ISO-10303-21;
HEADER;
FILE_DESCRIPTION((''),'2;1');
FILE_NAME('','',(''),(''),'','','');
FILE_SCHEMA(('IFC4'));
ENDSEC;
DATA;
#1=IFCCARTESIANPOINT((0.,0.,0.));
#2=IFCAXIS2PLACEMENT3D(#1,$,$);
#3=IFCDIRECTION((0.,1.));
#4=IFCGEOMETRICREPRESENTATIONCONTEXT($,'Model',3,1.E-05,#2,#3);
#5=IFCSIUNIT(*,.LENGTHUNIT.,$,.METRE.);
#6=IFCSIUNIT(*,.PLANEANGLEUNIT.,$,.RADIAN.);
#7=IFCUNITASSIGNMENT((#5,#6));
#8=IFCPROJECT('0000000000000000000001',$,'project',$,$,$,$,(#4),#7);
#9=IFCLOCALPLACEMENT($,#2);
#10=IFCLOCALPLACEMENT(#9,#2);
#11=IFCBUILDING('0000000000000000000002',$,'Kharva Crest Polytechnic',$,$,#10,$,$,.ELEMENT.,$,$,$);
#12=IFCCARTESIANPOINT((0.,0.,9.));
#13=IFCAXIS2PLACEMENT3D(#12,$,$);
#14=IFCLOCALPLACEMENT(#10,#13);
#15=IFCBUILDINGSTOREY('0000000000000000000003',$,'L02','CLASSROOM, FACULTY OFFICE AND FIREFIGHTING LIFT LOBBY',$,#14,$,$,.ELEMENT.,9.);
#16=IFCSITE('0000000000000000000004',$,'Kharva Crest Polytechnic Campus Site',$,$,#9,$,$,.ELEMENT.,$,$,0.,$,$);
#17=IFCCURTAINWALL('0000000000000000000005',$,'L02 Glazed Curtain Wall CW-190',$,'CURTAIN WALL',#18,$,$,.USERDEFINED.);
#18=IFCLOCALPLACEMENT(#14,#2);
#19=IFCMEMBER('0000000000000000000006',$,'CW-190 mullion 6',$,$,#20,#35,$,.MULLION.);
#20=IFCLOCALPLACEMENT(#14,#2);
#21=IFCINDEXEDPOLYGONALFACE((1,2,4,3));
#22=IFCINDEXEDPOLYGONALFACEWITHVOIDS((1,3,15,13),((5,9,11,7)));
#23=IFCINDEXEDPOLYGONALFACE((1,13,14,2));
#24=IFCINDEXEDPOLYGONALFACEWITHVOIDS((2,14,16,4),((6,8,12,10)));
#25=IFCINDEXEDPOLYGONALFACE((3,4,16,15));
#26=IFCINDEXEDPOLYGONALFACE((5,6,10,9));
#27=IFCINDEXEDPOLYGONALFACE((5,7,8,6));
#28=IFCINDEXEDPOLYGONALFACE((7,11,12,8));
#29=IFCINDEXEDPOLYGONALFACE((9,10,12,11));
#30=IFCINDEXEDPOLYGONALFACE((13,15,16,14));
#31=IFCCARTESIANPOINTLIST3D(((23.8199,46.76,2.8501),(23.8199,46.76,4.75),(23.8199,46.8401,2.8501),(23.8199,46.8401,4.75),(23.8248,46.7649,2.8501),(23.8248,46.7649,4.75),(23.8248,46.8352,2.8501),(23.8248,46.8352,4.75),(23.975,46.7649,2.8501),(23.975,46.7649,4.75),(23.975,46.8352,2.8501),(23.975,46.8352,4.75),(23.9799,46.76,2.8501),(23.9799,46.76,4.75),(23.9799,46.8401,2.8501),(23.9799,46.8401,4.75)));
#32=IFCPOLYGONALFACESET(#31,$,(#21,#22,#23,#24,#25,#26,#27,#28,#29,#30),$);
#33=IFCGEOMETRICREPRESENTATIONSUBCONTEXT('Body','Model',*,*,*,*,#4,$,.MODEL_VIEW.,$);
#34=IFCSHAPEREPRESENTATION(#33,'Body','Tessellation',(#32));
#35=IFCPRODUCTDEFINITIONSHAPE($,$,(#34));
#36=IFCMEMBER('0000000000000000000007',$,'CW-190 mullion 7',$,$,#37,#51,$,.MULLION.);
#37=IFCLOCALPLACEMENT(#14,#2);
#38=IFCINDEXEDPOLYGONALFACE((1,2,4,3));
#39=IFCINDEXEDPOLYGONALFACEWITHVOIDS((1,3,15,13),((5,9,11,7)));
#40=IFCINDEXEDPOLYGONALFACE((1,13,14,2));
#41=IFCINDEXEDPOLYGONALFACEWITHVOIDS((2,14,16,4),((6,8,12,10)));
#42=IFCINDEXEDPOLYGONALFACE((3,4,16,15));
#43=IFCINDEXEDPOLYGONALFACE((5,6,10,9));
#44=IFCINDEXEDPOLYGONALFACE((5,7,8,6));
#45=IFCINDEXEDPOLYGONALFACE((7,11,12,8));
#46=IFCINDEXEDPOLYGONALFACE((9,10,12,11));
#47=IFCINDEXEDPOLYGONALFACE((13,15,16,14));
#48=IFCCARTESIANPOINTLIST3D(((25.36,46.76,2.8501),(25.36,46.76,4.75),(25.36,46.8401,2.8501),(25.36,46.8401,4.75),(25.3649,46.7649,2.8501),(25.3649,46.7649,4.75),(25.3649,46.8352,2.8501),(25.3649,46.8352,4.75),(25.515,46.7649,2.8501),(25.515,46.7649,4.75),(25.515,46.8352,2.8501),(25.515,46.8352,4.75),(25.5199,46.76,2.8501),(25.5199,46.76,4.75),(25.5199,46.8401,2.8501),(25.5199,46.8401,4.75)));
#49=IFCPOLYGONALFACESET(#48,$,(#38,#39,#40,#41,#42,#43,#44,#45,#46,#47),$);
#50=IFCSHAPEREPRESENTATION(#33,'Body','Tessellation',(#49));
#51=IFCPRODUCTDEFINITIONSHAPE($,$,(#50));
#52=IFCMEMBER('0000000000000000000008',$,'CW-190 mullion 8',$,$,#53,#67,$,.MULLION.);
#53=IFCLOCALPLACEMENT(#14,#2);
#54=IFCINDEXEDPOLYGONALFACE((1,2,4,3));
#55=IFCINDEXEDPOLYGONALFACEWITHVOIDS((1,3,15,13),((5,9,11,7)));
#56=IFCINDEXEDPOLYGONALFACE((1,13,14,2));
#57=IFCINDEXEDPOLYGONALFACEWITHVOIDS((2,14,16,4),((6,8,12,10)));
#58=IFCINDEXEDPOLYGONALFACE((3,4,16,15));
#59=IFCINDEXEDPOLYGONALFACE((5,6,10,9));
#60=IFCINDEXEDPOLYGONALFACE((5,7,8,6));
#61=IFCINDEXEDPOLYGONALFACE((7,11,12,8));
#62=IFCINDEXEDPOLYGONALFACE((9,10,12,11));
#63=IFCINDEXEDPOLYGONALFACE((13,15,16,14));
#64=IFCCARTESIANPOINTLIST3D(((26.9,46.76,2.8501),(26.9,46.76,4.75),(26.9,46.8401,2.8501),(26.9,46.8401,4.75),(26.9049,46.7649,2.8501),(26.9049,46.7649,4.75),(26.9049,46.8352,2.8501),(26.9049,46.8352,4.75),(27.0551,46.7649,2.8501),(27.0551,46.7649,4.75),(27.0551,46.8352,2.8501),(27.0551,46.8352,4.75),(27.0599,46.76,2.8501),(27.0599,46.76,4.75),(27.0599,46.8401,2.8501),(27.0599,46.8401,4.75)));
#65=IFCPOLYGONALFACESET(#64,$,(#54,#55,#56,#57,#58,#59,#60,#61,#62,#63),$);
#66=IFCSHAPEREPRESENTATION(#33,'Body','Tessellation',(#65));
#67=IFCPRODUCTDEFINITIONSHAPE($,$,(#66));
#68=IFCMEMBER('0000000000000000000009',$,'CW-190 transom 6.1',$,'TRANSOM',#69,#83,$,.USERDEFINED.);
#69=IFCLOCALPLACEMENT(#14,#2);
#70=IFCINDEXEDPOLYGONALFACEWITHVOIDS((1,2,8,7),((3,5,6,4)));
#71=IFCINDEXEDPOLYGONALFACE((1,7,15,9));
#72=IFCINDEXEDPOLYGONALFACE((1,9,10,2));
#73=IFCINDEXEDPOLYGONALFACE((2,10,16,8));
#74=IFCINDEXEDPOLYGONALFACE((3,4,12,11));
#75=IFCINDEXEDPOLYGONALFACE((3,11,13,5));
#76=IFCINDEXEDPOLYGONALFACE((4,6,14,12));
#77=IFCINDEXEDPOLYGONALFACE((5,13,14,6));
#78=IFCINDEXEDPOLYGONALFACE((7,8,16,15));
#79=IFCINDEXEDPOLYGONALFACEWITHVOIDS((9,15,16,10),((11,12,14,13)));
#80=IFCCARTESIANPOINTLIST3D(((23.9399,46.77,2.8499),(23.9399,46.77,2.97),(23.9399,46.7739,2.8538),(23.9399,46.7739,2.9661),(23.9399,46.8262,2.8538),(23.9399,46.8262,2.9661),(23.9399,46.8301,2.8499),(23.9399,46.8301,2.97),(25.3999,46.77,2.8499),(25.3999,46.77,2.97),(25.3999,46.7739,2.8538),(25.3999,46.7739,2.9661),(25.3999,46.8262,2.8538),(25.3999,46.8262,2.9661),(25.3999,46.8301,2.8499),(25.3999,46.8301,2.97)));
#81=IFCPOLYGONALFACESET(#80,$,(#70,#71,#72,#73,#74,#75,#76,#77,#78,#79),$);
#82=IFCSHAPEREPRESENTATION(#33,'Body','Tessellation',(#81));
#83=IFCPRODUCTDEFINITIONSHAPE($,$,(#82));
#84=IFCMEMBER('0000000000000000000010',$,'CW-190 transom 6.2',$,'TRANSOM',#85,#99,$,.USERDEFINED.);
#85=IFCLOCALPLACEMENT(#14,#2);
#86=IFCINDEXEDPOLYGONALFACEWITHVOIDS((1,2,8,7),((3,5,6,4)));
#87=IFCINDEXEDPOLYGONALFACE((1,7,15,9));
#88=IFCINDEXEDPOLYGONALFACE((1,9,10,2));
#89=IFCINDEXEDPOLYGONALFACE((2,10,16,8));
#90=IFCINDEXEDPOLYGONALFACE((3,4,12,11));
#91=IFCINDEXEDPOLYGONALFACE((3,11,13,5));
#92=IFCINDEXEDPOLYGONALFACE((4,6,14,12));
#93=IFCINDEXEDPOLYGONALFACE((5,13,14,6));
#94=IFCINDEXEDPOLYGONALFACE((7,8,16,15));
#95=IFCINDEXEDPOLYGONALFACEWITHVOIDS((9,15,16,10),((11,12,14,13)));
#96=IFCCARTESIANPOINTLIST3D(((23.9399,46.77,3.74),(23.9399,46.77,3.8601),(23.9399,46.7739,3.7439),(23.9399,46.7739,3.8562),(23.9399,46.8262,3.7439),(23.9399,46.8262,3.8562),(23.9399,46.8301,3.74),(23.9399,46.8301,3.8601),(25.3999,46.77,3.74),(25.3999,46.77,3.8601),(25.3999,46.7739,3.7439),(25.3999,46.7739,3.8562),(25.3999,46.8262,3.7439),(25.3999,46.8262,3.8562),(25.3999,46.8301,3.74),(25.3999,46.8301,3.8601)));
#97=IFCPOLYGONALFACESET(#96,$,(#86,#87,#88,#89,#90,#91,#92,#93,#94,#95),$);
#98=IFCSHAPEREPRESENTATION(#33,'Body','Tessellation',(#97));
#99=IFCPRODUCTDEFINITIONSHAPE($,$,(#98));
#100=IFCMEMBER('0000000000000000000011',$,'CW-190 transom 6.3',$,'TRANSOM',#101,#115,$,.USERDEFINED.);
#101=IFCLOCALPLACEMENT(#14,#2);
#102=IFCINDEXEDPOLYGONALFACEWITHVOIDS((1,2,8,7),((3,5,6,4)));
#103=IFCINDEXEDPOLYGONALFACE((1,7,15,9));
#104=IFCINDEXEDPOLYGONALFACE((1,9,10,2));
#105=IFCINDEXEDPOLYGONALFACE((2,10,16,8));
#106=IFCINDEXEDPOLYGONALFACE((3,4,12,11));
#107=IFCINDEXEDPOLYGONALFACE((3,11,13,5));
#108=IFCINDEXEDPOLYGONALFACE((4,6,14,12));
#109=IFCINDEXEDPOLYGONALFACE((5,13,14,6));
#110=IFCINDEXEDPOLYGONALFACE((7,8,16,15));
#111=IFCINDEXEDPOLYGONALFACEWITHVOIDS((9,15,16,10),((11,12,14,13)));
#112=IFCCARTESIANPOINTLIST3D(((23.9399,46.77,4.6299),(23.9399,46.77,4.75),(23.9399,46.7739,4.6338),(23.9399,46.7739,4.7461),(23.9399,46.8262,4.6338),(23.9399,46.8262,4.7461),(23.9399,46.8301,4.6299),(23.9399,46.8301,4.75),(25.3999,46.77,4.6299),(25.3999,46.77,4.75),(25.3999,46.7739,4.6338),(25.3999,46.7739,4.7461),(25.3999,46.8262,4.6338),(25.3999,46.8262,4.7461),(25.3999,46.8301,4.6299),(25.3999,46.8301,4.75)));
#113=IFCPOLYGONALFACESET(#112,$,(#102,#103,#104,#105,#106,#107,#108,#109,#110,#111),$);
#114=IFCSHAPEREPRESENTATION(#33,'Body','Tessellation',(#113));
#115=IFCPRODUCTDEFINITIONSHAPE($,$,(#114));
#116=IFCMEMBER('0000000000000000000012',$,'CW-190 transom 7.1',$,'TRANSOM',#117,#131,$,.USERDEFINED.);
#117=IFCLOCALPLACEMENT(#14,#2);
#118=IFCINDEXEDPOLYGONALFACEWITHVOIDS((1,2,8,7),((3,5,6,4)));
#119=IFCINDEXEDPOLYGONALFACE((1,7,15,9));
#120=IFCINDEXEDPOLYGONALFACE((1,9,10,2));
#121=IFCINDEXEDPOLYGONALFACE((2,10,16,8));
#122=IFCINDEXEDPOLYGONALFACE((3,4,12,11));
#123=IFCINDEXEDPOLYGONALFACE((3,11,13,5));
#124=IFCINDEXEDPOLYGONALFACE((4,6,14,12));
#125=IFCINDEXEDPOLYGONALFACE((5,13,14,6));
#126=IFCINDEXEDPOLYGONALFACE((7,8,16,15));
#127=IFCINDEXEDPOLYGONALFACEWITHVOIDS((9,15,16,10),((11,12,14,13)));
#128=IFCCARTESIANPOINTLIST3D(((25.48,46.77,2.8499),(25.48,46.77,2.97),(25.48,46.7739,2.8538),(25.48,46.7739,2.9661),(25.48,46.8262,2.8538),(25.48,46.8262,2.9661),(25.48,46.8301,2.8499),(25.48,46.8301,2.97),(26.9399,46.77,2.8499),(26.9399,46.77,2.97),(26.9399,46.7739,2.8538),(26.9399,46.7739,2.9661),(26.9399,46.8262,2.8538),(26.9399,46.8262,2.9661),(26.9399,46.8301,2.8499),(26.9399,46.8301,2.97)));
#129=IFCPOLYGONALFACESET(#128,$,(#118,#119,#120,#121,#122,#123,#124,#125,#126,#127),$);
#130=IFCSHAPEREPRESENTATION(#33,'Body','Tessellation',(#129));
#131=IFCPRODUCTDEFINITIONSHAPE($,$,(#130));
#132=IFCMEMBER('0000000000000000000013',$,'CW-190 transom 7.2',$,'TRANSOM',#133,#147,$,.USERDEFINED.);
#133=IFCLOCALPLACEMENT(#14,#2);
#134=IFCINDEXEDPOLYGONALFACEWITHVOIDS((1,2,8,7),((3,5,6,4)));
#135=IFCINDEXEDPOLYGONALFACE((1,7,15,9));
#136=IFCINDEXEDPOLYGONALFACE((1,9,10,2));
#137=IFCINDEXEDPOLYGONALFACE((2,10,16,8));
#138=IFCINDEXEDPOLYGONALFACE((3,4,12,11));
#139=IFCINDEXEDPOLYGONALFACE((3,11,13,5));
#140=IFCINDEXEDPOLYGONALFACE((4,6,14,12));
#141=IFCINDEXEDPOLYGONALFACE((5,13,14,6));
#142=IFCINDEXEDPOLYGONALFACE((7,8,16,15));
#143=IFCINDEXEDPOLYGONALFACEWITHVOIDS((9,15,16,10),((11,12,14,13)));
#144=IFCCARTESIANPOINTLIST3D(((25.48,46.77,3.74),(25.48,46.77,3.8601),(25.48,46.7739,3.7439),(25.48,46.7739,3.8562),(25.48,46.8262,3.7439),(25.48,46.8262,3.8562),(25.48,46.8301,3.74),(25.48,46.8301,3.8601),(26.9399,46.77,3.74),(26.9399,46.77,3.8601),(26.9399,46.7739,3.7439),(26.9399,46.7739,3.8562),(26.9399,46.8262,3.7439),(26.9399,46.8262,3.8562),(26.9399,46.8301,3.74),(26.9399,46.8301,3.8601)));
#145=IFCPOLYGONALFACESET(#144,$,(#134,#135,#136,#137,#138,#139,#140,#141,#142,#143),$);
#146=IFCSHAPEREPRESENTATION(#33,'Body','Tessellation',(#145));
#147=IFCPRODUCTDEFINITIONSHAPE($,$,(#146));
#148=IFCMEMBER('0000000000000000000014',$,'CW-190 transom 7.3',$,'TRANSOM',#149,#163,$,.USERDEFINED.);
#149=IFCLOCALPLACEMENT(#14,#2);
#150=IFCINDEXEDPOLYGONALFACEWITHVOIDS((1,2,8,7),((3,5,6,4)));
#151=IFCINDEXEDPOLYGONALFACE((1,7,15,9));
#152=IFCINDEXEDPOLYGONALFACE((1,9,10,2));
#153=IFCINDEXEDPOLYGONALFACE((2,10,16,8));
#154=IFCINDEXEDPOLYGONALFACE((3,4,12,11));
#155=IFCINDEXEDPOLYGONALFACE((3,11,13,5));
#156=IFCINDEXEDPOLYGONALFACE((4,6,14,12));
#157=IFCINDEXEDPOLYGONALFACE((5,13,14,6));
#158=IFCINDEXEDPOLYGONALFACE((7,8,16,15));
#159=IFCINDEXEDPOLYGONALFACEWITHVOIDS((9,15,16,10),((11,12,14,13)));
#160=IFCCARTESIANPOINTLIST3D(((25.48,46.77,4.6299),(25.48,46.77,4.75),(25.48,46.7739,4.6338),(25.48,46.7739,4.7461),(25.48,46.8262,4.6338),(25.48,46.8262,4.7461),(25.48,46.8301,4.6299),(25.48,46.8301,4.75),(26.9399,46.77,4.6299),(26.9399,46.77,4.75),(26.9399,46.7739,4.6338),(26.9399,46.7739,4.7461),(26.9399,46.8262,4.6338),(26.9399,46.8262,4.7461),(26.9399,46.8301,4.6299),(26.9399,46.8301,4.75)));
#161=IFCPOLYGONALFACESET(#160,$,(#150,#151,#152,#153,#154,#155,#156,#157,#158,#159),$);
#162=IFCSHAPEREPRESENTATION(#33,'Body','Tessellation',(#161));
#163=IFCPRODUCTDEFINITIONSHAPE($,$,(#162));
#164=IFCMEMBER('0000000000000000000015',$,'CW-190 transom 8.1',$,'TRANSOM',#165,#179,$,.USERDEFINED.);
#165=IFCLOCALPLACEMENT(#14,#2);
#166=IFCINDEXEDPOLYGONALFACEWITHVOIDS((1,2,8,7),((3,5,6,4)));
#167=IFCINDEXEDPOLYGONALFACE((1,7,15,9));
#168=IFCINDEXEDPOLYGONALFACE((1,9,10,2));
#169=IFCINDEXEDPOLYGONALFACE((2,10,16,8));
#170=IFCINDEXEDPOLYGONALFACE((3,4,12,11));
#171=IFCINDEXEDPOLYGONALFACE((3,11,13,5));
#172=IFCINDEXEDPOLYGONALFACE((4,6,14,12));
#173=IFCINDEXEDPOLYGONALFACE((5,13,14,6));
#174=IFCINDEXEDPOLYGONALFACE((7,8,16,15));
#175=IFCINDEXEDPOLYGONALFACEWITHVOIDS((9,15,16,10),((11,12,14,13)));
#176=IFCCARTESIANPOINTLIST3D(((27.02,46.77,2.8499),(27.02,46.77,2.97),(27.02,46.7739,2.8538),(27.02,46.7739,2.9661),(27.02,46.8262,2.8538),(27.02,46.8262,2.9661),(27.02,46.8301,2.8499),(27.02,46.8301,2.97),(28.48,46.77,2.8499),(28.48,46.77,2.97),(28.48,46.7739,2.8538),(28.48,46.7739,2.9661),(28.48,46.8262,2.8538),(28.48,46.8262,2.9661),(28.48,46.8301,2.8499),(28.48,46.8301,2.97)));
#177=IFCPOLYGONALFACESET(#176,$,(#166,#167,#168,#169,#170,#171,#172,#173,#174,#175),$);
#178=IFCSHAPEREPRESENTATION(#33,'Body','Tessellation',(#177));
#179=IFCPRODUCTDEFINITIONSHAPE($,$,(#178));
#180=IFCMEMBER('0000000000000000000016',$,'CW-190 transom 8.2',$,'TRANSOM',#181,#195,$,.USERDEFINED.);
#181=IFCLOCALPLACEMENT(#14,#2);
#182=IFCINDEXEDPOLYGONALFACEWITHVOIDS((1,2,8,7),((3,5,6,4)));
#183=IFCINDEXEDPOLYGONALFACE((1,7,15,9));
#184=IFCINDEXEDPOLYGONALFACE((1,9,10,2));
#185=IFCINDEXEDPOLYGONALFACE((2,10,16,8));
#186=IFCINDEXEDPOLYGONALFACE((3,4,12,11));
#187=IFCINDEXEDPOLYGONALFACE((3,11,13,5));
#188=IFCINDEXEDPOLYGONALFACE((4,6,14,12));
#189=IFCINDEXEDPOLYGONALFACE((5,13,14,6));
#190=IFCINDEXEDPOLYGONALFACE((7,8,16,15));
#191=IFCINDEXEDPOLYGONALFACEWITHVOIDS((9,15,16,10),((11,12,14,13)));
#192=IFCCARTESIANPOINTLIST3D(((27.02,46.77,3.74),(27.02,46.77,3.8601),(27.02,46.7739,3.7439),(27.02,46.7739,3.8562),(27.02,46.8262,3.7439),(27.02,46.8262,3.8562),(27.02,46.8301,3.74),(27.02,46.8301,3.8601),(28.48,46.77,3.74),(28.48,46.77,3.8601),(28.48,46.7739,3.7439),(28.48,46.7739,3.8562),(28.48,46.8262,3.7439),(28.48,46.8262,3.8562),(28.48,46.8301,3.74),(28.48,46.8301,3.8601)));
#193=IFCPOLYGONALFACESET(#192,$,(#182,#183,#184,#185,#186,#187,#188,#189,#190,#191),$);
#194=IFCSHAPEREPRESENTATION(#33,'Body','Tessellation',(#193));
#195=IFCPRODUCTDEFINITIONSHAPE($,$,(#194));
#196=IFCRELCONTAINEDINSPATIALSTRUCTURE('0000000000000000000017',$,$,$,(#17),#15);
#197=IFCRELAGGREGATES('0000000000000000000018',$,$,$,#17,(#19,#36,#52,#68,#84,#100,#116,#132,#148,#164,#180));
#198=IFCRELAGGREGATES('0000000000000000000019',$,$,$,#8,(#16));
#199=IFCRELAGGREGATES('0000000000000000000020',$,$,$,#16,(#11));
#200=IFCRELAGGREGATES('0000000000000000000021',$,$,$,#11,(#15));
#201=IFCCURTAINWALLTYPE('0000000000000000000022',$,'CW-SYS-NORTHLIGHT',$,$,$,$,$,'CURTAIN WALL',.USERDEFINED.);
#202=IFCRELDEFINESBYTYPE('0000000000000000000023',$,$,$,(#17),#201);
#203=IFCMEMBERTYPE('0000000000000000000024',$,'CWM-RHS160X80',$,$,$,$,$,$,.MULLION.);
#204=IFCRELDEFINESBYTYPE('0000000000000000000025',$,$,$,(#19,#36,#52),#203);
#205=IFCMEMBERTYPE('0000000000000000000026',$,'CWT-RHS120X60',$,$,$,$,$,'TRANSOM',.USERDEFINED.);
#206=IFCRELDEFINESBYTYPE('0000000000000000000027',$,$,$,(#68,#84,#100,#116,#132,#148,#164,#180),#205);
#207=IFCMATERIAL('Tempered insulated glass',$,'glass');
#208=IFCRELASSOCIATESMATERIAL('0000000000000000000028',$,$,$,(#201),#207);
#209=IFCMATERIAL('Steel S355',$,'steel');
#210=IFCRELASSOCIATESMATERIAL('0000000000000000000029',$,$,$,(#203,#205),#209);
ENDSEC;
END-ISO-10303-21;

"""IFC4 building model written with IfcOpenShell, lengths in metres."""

from ifc_helpers import new_model, si_unit, direction, frame, origin, origin_2d, place, context, subcontext, project, spatial, hollow_rectangle, extrude, material, material_profile, profile_set, type_object, element, aggregate, save


model = new_model("IFC4")

# Units and contexts
model_context = context("Model", 3, precision=1e-05, world=origin(), true_north=direction((0.0, 1.0)))
body_context = subcontext(model_context, "Body", "Model", "MODEL_VIEW")
ifc_project = project(units=[si_unit("LENGTHUNIT", "METRE"), si_unit("PLANEANGLEUNIT", "RADIAN")], contexts=[model_context])

# Site, building, storey
site_placement = place(None, origin())
site = spatial("IfcSite", under=ifc_project, at=site_placement, Name="Kharva Crest Polytechnic Campus Site", CompositionType="ELEMENT", RefElevation=0.0)
building_placement = place(site_placement, origin())
building = spatial("IfcBuilding", under=site, at=building_placement, Name="Kharva Crest Polytechnic", CompositionType="ELEMENT")
storey_placement = place(building_placement, frame((0.0, 0.0, 9.0)))
storey = spatial("IfcBuildingStorey", under=building, at=storey_placement, Name="L02", Description="CLASSROOM, FACULTY OFFICE AND FIREFIGHTING LIFT LOBBY", CompositionType="ELEMENT", Elevation=9.0)

# Curtain wall, members
ifc_material_1 = material(Name="Tempered insulated glass", Category="glass")
curtain_wall_type = type_object("IfcCurtainWallType", Name="CW-SYS-NORTHLIGHT", ElementType="CURTAIN WALL", PredefinedType="USERDEFINED", material=ifc_material_1)
curtain_wall_placement = place(storey_placement, origin())
curtain_wall = element("IfcCurtainWall", 1, at=curtain_wall_placement, inside=storey, type_object=curtain_wall_type, Name="L02 Glazed Curtain Wall CW-190", ObjectType="CURTAIN WALL", PredefinedType="USERDEFINED")
ifc_material_2 = material(Name="Steel S355", Category="steel")
ifc_material_profile_1 = material_profile(ifc_material_2, hollow_rectangle(XDim=0.0801, YDim=0.1599, WallThickness=0.0049, at=origin_2d()), Name="RHS 160X80X5.0")
ifc_profile_set_1 = profile_set([ifc_material_profile_1], Name="Steel S355")
member_type_1 = type_object("IfcMemberType", Name="CWM-RHS160X80", PredefinedType="MULLION", material=ifc_profile_set_1)
member_1_placement = place(storey_placement, frame((23.8999, 46.8, 2.8501), z_axis=(0.0, 0.0, 1.0), x_axis=(0.0, 1.0, 0.0)))
member_1 = element("IfcMember", 2, at=member_1_placement, type_object=member_type_1, Name="CW-190 mullion 6", PredefinedType="MULLION", context=body_context, shape_type="SweptSolid", body=[
    extrude(hollow_rectangle(XDim=0.0801, YDim=0.1599, WallThickness=0.0049, at=origin_2d()), origin(), (0.0, 0.0, 1.0), 1.8999),
])
member_2_placement = place(storey_placement, frame((25.4399, 46.8, 2.8501), z_axis=(0.0, 0.0, 1.0), x_axis=(0.0, 1.0, 0.0)))
member_2 = element("IfcMember", 3, at=member_2_placement, type_object=member_type_1, Name="CW-190 mullion 7", PredefinedType="MULLION", context=body_context, shape_type="SweptSolid", body=[
    extrude(hollow_rectangle(XDim=0.0801, YDim=0.1599, WallThickness=0.0049, at=origin_2d()), origin(), (0.0, 0.0, 1.0), 1.8999),
])
member_3_placement = place(storey_placement, frame((26.98, 46.8, 2.8501), z_axis=(0.0, 0.0, 1.0), x_axis=(0.0, 1.0, 0.0)))
member_3 = element("IfcMember", 4, at=member_3_placement, type_object=member_type_1, Name="CW-190 mullion 8", PredefinedType="MULLION", context=body_context, shape_type="SweptSolid", body=[
    extrude(hollow_rectangle(XDim=0.0801, YDim=0.1599, WallThickness=0.0049, at=origin_2d()), origin(), (0.0, 0.0, 1.0), 1.8999),
])
ifc_material_profile_2 = material_profile(ifc_material_2, hollow_rectangle(XDim=0.0601, YDim=0.1201, WallThickness=0.0039, at=origin_2d()), Name="RHS 120X60X4.0")
ifc_profile_set_2 = profile_set([ifc_material_profile_2], Name="Steel S355")
member_type_2 = type_object("IfcMemberType", Name="CWT-RHS120X60", ElementType="TRANSOM", PredefinedType="USERDEFINED", material=ifc_profile_set_2)
member_4_placement = place(storey_placement, frame((23.9399, 46.8, 2.9099), z_axis=(1.0, 0.0, 0.0), x_axis=(0.0, 1.0, 0.0)))
member_4 = element("IfcMember", 5, at=member_4_placement, type_object=member_type_2, Name="CW-190 transom 6.1", ObjectType="TRANSOM", PredefinedType="USERDEFINED", context=body_context, shape_type="SweptSolid", body=[
    extrude(hollow_rectangle(XDim=0.0601, YDim=0.1201, WallThickness=0.0039, at=origin_2d()), origin(), (0.0, 0.0, 1.0), 1.46),
])
member_5_placement = place(storey_placement, frame((23.9399, 46.8, 3.8), z_axis=(1.0, 0.0, 0.0), x_axis=(0.0, 1.0, 0.0)))
member_5 = element("IfcMember", 6, at=member_5_placement, type_object=member_type_2, Name="CW-190 transom 6.2", ObjectType="TRANSOM", PredefinedType="USERDEFINED", context=body_context, shape_type="SweptSolid", body=[
    extrude(hollow_rectangle(XDim=0.0601, YDim=0.1201, WallThickness=0.0039, at=origin_2d()), origin(), (0.0, 0.0, 1.0), 1.46),
])
member_6_placement = place(storey_placement, frame((23.9399, 46.8, 4.6899), z_axis=(1.0, 0.0, 0.0), x_axis=(0.0, 1.0, 0.0)))
member_6 = element("IfcMember", 7, at=member_6_placement, type_object=member_type_2, Name="CW-190 transom 6.3", ObjectType="TRANSOM", PredefinedType="USERDEFINED", context=body_context, shape_type="SweptSolid", body=[
    extrude(hollow_rectangle(XDim=0.0601, YDim=0.1201, WallThickness=0.0039, at=origin_2d()), origin(), (0.0, 0.0, 1.0), 1.46),
])
member_7_placement = place(storey_placement, frame((25.48, 46.8, 2.9099), z_axis=(1.0, 0.0, 0.0), x_axis=(0.0, 1.0, 0.0)))
member_7 = element("IfcMember", 8, at=member_7_placement, type_object=member_type_2, Name="CW-190 transom 7.1", ObjectType="TRANSOM", PredefinedType="USERDEFINED", context=body_context, shape_type="SweptSolid", body=[
    extrude(hollow_rectangle(XDim=0.0601, YDim=0.1201, WallThickness=0.0039, at=origin_2d()), origin(), (0.0, 0.0, 1.0), 1.46),
])
member_8_placement = place(storey_placement, frame((25.48, 46.8, 3.8), z_axis=(1.0, 0.0, 0.0), x_axis=(0.0, 1.0, 0.0)))
member_8 = element("IfcMember", 9, at=member_8_placement, type_object=member_type_2, Name="CW-190 transom 7.2", ObjectType="TRANSOM", PredefinedType="USERDEFINED", context=body_context, shape_type="SweptSolid", body=[
    extrude(hollow_rectangle(XDim=0.0601, YDim=0.1201, WallThickness=0.0039, at=origin_2d()), origin(), (0.0, 0.0, 1.0), 1.46),
])
member_9_placement = place(storey_placement, frame((25.48, 46.8, 4.6899), z_axis=(1.0, 0.0, 0.0), x_axis=(0.0, 1.0, 0.0)))
member_9 = element("IfcMember", 10, at=member_9_placement, type_object=member_type_2, Name="CW-190 transom 7.3", ObjectType="TRANSOM", PredefinedType="USERDEFINED", context=body_context, shape_type="SweptSolid", body=[
    extrude(hollow_rectangle(XDim=0.0601, YDim=0.1201, WallThickness=0.0039, at=origin_2d()), origin(), (0.0, 0.0, 1.0), 1.46),
])
member_10_placement = place(storey_placement, frame((27.02, 46.8, 2.9099), z_axis=(1.0, 0.0, 0.0), x_axis=(0.0, 1.0, 0.0)))
member_10 = element("IfcMember", 11, at=member_10_placement, type_object=member_type_2, Name="CW-190 transom 8.1", ObjectType="TRANSOM", PredefinedType="USERDEFINED", context=body_context, shape_type="SweptSolid", body=[
    extrude(hollow_rectangle(XDim=0.0601, YDim=0.1201, WallThickness=0.0039, at=origin_2d()), origin(), (0.0, 0.0, 1.0), 1.46),
])
member_11_placement = place(storey_placement, frame((27.02, 46.8, 3.8), z_axis=(1.0, 0.0, 0.0), x_axis=(0.0, 1.0, 0.0)))
member_11 = element("IfcMember", 12, at=member_11_placement, type_object=member_type_2, Name="CW-190 transom 8.2", ObjectType="TRANSOM", PredefinedType="USERDEFINED", context=body_context, shape_type="SweptSolid", body=[
    extrude(hollow_rectangle(XDim=0.0601, YDim=0.1201, WallThickness=0.0039, at=origin_2d()), origin(), (0.0, 0.0, 1.0), 1.46),
])

aggregate(curtain_wall, [member_1, member_2, member_3, member_4, member_5, member_6, member_7, member_8, member_9, member_10, member_11])

save(model, "model.ifc")
